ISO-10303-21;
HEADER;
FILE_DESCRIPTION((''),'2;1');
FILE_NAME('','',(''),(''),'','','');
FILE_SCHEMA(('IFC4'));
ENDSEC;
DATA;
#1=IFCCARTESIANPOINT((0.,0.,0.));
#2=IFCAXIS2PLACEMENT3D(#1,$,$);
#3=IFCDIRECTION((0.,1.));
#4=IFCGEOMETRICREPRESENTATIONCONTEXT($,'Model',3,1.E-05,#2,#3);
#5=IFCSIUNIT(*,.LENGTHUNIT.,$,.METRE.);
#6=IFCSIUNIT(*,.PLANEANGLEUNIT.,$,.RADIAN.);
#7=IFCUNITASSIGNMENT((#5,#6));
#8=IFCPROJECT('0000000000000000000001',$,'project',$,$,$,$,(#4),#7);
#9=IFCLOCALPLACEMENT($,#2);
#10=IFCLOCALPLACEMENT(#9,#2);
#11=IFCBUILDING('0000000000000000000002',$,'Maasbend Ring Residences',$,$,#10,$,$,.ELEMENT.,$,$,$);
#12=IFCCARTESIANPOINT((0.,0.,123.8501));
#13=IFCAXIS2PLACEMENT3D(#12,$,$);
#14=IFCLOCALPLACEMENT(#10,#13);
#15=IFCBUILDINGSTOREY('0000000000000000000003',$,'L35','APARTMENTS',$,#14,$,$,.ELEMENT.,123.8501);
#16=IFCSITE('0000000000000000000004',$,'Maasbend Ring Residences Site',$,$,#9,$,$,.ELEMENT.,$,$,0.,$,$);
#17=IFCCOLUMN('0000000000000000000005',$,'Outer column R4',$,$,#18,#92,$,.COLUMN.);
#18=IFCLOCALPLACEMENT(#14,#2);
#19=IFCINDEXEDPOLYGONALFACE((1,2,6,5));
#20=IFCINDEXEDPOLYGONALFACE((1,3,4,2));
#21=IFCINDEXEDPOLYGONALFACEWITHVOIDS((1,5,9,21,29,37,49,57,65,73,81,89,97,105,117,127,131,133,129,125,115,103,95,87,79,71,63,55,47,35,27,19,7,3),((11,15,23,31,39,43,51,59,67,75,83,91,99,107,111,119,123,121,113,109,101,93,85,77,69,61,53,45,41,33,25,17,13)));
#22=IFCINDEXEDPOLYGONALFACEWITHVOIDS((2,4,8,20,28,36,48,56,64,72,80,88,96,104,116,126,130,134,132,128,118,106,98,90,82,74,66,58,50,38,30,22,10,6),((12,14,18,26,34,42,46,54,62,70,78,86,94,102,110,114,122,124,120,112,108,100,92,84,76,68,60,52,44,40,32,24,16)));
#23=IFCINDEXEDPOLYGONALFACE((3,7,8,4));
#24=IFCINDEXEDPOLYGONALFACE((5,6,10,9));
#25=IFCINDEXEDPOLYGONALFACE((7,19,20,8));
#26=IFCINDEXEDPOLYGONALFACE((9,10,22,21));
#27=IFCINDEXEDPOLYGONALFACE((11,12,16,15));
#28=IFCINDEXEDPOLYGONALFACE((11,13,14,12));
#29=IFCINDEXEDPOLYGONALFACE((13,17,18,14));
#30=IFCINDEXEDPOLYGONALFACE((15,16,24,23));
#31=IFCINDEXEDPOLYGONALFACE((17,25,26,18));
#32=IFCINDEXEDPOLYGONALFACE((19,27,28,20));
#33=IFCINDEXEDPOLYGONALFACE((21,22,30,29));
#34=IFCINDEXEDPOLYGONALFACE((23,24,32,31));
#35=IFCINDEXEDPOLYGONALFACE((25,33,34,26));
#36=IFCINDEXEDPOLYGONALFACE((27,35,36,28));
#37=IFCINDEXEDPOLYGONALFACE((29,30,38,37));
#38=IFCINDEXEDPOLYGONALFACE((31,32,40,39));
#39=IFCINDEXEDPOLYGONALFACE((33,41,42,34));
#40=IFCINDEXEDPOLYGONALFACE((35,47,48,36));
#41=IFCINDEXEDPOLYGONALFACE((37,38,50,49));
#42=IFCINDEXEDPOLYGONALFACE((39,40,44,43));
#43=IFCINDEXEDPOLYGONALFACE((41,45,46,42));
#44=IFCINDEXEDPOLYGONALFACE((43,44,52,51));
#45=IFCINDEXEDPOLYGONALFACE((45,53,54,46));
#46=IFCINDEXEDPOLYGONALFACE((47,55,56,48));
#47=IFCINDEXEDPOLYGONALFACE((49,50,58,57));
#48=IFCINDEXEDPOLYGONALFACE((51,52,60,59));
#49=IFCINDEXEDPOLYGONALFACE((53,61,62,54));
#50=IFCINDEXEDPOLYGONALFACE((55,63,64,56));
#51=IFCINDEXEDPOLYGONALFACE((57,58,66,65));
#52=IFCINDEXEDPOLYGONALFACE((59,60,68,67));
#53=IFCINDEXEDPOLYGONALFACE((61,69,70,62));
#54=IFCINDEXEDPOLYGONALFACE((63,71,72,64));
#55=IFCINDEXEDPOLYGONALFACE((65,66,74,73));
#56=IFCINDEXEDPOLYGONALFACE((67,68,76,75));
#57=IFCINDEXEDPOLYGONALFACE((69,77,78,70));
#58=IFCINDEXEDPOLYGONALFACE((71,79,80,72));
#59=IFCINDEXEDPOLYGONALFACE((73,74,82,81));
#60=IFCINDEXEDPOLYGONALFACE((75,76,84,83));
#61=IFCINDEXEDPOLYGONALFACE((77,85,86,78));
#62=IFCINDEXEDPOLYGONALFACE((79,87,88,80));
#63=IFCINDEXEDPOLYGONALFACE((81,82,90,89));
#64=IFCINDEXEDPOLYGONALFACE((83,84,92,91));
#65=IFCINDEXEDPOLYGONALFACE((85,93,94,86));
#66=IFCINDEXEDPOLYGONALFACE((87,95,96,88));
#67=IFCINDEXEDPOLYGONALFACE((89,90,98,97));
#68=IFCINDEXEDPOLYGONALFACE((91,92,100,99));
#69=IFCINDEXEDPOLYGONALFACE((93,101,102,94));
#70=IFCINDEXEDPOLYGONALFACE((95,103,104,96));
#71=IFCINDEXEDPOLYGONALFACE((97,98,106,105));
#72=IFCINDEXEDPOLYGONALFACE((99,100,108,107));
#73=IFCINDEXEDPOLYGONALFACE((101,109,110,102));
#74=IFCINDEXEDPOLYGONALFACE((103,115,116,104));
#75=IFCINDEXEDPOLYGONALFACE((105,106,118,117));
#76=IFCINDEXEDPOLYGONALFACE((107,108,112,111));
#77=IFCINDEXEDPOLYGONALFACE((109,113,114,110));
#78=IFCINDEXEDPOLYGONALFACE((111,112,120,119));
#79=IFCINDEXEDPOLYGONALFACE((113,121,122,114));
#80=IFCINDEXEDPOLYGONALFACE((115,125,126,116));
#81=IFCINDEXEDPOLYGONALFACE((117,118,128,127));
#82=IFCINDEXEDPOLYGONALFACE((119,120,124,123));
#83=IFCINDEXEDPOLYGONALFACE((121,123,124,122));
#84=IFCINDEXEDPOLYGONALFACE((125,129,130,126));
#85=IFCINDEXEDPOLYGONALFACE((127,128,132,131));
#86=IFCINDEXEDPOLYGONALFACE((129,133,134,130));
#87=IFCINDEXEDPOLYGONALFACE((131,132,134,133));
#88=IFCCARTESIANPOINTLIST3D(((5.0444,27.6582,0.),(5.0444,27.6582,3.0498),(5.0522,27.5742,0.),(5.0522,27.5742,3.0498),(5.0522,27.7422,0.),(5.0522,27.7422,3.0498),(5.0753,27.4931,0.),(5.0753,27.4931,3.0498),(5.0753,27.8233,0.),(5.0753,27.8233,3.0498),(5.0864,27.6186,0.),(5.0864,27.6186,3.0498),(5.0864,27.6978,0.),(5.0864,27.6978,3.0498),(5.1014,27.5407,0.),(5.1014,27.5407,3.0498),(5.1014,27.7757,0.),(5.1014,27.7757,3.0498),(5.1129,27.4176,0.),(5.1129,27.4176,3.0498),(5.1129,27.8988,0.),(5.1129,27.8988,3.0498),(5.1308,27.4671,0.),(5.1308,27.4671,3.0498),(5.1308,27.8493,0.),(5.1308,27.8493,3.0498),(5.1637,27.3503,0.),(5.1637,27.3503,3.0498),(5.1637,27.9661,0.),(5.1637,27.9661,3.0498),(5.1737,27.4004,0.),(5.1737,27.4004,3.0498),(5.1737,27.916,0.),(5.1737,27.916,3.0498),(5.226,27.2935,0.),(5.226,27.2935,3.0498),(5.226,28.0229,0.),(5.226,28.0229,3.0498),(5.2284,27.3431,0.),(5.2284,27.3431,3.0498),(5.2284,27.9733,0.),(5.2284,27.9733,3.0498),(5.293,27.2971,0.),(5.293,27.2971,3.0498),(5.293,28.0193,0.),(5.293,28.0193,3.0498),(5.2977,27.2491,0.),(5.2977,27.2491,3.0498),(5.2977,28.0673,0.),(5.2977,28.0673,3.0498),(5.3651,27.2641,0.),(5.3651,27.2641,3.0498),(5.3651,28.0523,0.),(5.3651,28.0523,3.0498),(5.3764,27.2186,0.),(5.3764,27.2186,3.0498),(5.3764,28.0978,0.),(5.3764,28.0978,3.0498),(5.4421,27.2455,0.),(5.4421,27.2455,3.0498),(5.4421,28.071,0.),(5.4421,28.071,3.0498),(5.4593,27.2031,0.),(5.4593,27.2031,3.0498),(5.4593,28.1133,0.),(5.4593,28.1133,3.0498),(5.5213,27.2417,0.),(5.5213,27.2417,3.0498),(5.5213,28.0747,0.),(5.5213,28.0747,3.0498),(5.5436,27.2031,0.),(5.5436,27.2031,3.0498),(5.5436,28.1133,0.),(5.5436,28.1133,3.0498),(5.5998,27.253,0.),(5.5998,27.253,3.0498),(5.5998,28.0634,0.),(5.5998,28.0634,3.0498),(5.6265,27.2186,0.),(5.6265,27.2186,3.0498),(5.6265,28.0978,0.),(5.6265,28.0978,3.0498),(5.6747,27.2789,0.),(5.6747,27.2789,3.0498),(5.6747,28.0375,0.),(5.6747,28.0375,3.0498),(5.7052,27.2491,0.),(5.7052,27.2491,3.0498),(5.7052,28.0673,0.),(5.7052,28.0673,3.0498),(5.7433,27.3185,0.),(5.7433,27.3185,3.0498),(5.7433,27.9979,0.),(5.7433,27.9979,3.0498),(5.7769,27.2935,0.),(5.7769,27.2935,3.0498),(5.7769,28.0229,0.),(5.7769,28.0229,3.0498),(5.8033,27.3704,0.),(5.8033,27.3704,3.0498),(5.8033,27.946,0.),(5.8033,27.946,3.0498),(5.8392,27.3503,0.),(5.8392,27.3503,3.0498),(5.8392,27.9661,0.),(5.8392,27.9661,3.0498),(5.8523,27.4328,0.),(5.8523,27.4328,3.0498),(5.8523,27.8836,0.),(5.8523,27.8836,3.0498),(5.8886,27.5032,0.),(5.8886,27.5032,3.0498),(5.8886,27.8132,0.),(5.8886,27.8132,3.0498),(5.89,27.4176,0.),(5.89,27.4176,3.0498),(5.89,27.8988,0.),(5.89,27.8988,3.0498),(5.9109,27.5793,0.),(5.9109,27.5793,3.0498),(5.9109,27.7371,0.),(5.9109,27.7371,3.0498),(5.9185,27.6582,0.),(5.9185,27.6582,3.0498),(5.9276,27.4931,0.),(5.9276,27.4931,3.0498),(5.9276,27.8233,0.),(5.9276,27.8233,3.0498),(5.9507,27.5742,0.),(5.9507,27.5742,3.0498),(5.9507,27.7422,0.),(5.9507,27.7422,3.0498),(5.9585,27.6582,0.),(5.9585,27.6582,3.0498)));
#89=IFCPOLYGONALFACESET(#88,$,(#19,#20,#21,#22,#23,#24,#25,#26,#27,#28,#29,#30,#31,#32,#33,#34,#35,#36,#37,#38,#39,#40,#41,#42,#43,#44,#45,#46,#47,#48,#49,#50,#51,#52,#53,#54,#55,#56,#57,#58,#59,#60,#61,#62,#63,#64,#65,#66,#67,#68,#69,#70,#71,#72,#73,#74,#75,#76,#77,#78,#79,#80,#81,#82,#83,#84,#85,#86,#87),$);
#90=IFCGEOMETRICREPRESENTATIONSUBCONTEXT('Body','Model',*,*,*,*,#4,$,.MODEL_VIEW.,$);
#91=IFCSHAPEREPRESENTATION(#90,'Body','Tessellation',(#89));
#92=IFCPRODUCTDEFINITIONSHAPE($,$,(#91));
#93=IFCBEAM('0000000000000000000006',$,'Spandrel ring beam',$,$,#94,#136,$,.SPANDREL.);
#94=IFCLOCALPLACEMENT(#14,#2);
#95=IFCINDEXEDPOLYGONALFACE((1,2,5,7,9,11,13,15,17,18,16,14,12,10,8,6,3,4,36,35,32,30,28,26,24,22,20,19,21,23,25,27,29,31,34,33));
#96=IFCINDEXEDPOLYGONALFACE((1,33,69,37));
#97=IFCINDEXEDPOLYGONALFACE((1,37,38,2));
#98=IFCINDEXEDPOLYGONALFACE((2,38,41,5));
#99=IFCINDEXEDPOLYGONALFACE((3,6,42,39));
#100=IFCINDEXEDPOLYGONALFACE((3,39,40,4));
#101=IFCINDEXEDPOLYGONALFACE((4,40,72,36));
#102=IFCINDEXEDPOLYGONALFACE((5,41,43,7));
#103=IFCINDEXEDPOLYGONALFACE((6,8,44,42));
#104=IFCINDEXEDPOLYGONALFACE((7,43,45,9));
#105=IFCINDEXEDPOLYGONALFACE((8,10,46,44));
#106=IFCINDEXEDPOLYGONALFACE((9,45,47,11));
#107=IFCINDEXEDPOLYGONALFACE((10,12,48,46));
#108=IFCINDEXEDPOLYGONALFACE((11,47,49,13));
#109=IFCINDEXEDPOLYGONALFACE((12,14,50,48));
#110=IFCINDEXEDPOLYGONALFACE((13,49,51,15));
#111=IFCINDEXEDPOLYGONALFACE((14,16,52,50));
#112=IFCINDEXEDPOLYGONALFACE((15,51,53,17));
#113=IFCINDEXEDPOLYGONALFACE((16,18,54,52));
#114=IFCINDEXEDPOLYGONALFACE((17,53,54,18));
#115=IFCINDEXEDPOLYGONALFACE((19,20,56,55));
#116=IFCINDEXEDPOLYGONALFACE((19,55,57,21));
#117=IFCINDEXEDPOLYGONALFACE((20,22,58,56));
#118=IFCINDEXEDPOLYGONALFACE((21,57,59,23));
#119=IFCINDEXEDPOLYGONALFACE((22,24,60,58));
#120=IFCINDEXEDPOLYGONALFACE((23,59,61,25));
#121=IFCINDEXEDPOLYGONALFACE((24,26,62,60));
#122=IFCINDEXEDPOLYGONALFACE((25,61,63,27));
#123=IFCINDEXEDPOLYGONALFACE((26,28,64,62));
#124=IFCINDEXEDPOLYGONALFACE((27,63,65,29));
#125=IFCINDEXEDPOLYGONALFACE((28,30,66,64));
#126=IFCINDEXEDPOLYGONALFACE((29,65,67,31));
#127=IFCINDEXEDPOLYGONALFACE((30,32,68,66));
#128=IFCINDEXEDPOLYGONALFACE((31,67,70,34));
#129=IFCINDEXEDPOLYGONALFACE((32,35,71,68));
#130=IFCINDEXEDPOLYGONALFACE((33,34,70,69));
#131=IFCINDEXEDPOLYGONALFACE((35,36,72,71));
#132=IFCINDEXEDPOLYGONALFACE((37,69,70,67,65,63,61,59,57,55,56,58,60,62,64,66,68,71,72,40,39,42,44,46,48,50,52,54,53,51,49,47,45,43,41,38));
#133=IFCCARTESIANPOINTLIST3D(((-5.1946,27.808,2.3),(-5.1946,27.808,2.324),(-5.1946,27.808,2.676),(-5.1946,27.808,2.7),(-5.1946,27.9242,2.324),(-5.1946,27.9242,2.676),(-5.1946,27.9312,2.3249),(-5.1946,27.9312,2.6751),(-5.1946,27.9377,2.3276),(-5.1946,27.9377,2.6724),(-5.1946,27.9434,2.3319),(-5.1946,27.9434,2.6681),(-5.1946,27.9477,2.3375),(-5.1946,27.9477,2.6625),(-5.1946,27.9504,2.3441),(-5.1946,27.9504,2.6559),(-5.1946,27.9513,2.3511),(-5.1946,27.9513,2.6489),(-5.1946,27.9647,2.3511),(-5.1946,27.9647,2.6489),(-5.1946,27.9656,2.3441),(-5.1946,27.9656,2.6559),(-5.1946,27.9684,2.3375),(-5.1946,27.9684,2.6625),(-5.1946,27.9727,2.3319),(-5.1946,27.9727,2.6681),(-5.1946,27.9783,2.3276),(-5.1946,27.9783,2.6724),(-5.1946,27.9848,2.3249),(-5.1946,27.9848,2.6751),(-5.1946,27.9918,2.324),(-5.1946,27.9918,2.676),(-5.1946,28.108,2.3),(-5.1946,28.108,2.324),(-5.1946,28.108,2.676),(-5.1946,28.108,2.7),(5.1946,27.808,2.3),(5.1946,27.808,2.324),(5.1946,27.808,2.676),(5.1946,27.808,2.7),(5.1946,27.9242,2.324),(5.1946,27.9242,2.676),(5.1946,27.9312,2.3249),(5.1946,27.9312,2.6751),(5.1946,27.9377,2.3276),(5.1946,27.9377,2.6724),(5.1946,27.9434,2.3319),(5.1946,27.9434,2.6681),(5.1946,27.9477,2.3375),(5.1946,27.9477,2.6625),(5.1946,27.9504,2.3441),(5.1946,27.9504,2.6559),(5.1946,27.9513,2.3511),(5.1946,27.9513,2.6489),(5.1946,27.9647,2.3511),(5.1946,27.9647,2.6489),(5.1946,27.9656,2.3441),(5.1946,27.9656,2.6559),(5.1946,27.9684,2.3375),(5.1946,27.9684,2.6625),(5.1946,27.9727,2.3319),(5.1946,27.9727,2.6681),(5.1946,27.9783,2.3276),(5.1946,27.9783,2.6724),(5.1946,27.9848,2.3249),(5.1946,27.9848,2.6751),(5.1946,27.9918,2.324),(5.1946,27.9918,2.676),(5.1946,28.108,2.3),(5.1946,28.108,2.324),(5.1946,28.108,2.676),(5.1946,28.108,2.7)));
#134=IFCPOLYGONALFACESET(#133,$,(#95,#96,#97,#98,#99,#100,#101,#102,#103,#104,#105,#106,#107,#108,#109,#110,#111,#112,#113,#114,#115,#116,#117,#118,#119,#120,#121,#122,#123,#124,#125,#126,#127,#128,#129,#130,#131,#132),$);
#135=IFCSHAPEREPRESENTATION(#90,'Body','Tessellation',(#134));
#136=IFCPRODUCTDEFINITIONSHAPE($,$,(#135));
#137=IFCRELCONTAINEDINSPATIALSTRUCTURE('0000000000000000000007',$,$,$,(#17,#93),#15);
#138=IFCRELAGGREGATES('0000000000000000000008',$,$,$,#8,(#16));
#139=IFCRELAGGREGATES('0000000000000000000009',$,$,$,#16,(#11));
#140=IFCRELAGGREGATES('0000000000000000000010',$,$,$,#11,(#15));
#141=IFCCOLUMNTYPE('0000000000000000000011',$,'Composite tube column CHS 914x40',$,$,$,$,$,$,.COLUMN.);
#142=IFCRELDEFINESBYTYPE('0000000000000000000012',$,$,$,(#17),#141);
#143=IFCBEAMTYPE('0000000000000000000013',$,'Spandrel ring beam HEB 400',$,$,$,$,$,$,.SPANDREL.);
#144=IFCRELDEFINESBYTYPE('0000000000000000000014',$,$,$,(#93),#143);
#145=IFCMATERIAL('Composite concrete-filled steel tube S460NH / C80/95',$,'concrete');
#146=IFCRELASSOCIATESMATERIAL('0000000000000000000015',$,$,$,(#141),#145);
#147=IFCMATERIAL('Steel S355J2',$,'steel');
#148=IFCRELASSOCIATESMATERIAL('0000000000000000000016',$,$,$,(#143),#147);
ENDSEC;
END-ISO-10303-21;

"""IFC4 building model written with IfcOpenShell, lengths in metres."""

from ifc_helpers import new_model, si_unit, direction, frame, origin, origin_2d, place, context, subcontext, project, spatial, hollow_circle, i_section, extrude, material, material_profile, profile_set, type_object, element, save


model = new_model("IFC4")

# Units and contexts
model_context = context("Model", 3, precision=1e-05, world=origin(), true_north=direction((0.0, 1.0)))
body_context = subcontext(model_context, "Body", "Model", "MODEL_VIEW")
ifc_project = project(units=[si_unit("LENGTHUNIT", "METRE"), si_unit("PLANEANGLEUNIT", "RADIAN")], contexts=[model_context])

# Site, building, storey
site_placement = place(None, origin())
site = spatial("IfcSite", under=ifc_project, at=site_placement, Name="Maasbend Ring Residences Site", CompositionType="ELEMENT", RefElevation=0.0)
building_placement = place(site_placement, origin())
building = spatial("IfcBuilding", under=site, at=building_placement, Name="Maasbend Ring Residences", CompositionType="ELEMENT")
storey_placement = place(building_placement, frame((0.0, 0.0, 123.8501)))
storey = spatial("IfcBuildingStorey", under=building, at=storey_placement, Name="L35", Description="APARTMENTS", CompositionType="ELEMENT", Elevation=123.8501)

# Column
ifc_material_1 = material(Name="Composite concrete-filled steel tube S460NH / C80/95", Category="concrete")
ifc_material_profile_1 = material_profile(ifc_material_1, hollow_circle(Radius=0.457, WallThickness=0.04, at=origin_2d()), Name="Composite tube column CHS 914x40")
ifc_profile_set_1 = profile_set([ifc_material_profile_1], Name="Composite concrete-filled steel tube S460NH / C80/95")
column_type = type_object("IfcColumnType", Name="Composite tube column CHS 914x40", PredefinedType="COLUMN", material=ifc_profile_set_1)
column_placement = place(storey_placement, frame((5.5015, 27.6582, 0.0), z_axis=(0.0, 0.0, 1.0), x_axis=(1.0, 0.0, 0.0)))
element("IfcColumn", 1, at=column_placement, inside=storey, type_object=column_type, Name="Outer column R4", PredefinedType="COLUMN", context=body_context, shape_type="SweptSolid", body=[
    extrude(hollow_circle(Radius=0.457, WallThickness=0.04, at=origin_2d()), origin(), (0.0, 0.0, 1.0), 3.0498),
])

# Beam
ifc_material_2 = material(Name="Steel S355J2", Category="steel")
ifc_material_profile_2 = material_profile(ifc_material_2, i_section(OverallWidth=0.3, OverallDepth=0.3999, WebThickness=0.0134, FlangeThickness=0.0239, FilletRadius=0.0271, at=origin_2d()), Name="HEB 400")
ifc_profile_set_2 = profile_set([ifc_material_profile_2], Name="Steel S355J2")
beam_type = type_object("IfcBeamType", Name="Spandrel ring beam HEB 400", PredefinedType="SPANDREL", material=ifc_profile_set_2)
beam_placement = place(storey_placement, frame((5.1946, 27.958, 2.5), z_axis=(-1.0, 0.0, 0.0), x_axis=(0.0, -1.0, 0.0)))
element("IfcBeam", 2, at=beam_placement, inside=storey, type_object=beam_type, Name="Spandrel ring beam", PredefinedType="SPANDREL", context=body_context, shape_type="SweptSolid", body=[
    extrude(i_section(OverallWidth=0.3, OverallDepth=0.3999, WebThickness=0.0134, FlangeThickness=0.0239, FilletRadius=0.0271, at=origin_2d()), origin(), (0.0, 0.0, 1.0), 10.3892),
])

save(model, "model.ifc")
